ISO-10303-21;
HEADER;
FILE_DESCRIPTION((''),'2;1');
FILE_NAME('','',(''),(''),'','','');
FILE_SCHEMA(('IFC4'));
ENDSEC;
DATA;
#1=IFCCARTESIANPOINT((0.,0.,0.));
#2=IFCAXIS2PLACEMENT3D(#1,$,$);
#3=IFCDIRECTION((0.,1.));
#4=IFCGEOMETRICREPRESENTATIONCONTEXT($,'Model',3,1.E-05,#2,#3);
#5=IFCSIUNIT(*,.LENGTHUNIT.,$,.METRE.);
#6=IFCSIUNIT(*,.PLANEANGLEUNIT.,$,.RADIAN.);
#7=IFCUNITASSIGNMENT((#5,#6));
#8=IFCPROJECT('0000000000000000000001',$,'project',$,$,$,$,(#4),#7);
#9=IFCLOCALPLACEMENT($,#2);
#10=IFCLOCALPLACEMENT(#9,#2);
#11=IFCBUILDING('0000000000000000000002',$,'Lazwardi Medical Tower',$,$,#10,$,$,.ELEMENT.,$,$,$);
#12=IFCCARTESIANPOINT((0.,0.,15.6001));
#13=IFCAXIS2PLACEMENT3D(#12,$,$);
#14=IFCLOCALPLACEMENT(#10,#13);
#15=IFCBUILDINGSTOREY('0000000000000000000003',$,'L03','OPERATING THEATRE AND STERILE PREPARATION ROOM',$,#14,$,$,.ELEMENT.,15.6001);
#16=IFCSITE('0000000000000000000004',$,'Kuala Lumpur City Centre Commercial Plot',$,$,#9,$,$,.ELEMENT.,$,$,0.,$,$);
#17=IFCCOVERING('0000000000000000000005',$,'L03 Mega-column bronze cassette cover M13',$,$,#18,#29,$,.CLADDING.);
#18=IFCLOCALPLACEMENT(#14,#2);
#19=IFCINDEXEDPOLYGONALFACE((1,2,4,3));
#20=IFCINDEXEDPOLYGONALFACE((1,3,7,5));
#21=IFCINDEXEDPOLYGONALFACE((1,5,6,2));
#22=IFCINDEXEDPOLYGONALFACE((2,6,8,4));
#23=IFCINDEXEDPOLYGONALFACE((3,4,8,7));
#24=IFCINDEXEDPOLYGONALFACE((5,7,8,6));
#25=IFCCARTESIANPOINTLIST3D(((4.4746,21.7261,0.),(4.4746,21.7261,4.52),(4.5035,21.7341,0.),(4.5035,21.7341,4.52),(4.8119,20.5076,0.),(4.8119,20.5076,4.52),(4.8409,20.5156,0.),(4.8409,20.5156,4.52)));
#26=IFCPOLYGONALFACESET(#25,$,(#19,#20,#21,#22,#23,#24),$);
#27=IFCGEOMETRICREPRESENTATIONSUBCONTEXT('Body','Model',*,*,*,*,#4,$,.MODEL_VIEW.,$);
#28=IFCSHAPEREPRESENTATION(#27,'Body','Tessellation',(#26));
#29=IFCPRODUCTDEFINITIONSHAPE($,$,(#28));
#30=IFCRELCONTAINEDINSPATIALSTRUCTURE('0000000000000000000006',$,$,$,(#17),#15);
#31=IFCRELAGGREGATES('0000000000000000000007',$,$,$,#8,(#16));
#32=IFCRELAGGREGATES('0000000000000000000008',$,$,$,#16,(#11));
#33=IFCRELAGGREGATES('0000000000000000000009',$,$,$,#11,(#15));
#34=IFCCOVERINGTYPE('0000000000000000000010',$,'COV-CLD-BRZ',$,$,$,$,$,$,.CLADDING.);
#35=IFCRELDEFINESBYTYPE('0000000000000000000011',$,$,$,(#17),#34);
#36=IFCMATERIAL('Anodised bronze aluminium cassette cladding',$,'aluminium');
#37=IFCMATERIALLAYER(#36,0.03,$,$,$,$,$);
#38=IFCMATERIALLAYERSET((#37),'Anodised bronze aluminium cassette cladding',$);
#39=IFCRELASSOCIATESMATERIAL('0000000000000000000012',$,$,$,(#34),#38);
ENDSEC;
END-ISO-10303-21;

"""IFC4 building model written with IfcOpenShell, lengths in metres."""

from ifc_helpers import new_model, si_unit, direction, frame, origin, origin_2d, place, context, subcontext, project, spatial, rectangle, extrude, material, layer, layer_set, type_object, element, save


model = new_model("IFC4")

# Units and contexts
model_context = context("Model", 3, precision=1e-05, world=origin(), true_north=direction((0.0, 1.0)))
body_context = subcontext(model_context, "Body", "Model", "MODEL_VIEW")
ifc_project = project(units=[si_unit("LENGTHUNIT", "METRE"), si_unit("PLANEANGLEUNIT", "RADIAN")], contexts=[model_context])

# Site, building, storey
site_placement = place(None, origin())
site = spatial("IfcSite", under=ifc_project, at=site_placement, Name="Kuala Lumpur City Centre Commercial Plot", CompositionType="ELEMENT", RefElevation=0.0)
building_placement = place(site_placement, origin())
building = spatial("IfcBuilding", under=site, at=building_placement, Name="Lazwardi Medical Tower", CompositionType="ELEMENT")
storey_placement = place(building_placement, frame((0.0, 0.0, 15.6001)))
storey = spatial("IfcBuildingStorey", under=building, at=storey_placement, Name="L03", Description="OPERATING THEATRE AND STERILE PREPARATION ROOM", CompositionType="ELEMENT", Elevation=15.6001)

# Covering
ifc_material_1 = material(Name="Anodised bronze aluminium cassette cladding", Category="aluminium")
ifc_layer_1 = layer(ifc_material_1, 0.03)
ifc_layer_set_1 = layer_set([ifc_layer_1], Name="Anodised bronze aluminium cassette cladding")
covering_type = type_object("IfcCoveringType", Name="COV-CLD-BRZ", PredefinedType="CLADDING", material=ifc_layer_set_1)
covering_placement = place(storey_placement, frame((4.6577, 21.1208, 0.0), z_axis=(0.0, 0.0, 1.0), x_axis=(0.266836, -0.963742, 0.0)))
element("IfcCovering", 1, at=covering_placement, inside=storey, type_object=covering_type, Name="L03 Mega-column bronze cassette cover M13", PredefinedType="CLADDING", context=body_context, shape_type="SweptSolid", body=[
    extrude(rectangle(XDim=1.2644, YDim=0.03, at=origin_2d()), origin(), (0.0, 0.0, 1.0), 4.52),
])

save(model, "model.ifc")
